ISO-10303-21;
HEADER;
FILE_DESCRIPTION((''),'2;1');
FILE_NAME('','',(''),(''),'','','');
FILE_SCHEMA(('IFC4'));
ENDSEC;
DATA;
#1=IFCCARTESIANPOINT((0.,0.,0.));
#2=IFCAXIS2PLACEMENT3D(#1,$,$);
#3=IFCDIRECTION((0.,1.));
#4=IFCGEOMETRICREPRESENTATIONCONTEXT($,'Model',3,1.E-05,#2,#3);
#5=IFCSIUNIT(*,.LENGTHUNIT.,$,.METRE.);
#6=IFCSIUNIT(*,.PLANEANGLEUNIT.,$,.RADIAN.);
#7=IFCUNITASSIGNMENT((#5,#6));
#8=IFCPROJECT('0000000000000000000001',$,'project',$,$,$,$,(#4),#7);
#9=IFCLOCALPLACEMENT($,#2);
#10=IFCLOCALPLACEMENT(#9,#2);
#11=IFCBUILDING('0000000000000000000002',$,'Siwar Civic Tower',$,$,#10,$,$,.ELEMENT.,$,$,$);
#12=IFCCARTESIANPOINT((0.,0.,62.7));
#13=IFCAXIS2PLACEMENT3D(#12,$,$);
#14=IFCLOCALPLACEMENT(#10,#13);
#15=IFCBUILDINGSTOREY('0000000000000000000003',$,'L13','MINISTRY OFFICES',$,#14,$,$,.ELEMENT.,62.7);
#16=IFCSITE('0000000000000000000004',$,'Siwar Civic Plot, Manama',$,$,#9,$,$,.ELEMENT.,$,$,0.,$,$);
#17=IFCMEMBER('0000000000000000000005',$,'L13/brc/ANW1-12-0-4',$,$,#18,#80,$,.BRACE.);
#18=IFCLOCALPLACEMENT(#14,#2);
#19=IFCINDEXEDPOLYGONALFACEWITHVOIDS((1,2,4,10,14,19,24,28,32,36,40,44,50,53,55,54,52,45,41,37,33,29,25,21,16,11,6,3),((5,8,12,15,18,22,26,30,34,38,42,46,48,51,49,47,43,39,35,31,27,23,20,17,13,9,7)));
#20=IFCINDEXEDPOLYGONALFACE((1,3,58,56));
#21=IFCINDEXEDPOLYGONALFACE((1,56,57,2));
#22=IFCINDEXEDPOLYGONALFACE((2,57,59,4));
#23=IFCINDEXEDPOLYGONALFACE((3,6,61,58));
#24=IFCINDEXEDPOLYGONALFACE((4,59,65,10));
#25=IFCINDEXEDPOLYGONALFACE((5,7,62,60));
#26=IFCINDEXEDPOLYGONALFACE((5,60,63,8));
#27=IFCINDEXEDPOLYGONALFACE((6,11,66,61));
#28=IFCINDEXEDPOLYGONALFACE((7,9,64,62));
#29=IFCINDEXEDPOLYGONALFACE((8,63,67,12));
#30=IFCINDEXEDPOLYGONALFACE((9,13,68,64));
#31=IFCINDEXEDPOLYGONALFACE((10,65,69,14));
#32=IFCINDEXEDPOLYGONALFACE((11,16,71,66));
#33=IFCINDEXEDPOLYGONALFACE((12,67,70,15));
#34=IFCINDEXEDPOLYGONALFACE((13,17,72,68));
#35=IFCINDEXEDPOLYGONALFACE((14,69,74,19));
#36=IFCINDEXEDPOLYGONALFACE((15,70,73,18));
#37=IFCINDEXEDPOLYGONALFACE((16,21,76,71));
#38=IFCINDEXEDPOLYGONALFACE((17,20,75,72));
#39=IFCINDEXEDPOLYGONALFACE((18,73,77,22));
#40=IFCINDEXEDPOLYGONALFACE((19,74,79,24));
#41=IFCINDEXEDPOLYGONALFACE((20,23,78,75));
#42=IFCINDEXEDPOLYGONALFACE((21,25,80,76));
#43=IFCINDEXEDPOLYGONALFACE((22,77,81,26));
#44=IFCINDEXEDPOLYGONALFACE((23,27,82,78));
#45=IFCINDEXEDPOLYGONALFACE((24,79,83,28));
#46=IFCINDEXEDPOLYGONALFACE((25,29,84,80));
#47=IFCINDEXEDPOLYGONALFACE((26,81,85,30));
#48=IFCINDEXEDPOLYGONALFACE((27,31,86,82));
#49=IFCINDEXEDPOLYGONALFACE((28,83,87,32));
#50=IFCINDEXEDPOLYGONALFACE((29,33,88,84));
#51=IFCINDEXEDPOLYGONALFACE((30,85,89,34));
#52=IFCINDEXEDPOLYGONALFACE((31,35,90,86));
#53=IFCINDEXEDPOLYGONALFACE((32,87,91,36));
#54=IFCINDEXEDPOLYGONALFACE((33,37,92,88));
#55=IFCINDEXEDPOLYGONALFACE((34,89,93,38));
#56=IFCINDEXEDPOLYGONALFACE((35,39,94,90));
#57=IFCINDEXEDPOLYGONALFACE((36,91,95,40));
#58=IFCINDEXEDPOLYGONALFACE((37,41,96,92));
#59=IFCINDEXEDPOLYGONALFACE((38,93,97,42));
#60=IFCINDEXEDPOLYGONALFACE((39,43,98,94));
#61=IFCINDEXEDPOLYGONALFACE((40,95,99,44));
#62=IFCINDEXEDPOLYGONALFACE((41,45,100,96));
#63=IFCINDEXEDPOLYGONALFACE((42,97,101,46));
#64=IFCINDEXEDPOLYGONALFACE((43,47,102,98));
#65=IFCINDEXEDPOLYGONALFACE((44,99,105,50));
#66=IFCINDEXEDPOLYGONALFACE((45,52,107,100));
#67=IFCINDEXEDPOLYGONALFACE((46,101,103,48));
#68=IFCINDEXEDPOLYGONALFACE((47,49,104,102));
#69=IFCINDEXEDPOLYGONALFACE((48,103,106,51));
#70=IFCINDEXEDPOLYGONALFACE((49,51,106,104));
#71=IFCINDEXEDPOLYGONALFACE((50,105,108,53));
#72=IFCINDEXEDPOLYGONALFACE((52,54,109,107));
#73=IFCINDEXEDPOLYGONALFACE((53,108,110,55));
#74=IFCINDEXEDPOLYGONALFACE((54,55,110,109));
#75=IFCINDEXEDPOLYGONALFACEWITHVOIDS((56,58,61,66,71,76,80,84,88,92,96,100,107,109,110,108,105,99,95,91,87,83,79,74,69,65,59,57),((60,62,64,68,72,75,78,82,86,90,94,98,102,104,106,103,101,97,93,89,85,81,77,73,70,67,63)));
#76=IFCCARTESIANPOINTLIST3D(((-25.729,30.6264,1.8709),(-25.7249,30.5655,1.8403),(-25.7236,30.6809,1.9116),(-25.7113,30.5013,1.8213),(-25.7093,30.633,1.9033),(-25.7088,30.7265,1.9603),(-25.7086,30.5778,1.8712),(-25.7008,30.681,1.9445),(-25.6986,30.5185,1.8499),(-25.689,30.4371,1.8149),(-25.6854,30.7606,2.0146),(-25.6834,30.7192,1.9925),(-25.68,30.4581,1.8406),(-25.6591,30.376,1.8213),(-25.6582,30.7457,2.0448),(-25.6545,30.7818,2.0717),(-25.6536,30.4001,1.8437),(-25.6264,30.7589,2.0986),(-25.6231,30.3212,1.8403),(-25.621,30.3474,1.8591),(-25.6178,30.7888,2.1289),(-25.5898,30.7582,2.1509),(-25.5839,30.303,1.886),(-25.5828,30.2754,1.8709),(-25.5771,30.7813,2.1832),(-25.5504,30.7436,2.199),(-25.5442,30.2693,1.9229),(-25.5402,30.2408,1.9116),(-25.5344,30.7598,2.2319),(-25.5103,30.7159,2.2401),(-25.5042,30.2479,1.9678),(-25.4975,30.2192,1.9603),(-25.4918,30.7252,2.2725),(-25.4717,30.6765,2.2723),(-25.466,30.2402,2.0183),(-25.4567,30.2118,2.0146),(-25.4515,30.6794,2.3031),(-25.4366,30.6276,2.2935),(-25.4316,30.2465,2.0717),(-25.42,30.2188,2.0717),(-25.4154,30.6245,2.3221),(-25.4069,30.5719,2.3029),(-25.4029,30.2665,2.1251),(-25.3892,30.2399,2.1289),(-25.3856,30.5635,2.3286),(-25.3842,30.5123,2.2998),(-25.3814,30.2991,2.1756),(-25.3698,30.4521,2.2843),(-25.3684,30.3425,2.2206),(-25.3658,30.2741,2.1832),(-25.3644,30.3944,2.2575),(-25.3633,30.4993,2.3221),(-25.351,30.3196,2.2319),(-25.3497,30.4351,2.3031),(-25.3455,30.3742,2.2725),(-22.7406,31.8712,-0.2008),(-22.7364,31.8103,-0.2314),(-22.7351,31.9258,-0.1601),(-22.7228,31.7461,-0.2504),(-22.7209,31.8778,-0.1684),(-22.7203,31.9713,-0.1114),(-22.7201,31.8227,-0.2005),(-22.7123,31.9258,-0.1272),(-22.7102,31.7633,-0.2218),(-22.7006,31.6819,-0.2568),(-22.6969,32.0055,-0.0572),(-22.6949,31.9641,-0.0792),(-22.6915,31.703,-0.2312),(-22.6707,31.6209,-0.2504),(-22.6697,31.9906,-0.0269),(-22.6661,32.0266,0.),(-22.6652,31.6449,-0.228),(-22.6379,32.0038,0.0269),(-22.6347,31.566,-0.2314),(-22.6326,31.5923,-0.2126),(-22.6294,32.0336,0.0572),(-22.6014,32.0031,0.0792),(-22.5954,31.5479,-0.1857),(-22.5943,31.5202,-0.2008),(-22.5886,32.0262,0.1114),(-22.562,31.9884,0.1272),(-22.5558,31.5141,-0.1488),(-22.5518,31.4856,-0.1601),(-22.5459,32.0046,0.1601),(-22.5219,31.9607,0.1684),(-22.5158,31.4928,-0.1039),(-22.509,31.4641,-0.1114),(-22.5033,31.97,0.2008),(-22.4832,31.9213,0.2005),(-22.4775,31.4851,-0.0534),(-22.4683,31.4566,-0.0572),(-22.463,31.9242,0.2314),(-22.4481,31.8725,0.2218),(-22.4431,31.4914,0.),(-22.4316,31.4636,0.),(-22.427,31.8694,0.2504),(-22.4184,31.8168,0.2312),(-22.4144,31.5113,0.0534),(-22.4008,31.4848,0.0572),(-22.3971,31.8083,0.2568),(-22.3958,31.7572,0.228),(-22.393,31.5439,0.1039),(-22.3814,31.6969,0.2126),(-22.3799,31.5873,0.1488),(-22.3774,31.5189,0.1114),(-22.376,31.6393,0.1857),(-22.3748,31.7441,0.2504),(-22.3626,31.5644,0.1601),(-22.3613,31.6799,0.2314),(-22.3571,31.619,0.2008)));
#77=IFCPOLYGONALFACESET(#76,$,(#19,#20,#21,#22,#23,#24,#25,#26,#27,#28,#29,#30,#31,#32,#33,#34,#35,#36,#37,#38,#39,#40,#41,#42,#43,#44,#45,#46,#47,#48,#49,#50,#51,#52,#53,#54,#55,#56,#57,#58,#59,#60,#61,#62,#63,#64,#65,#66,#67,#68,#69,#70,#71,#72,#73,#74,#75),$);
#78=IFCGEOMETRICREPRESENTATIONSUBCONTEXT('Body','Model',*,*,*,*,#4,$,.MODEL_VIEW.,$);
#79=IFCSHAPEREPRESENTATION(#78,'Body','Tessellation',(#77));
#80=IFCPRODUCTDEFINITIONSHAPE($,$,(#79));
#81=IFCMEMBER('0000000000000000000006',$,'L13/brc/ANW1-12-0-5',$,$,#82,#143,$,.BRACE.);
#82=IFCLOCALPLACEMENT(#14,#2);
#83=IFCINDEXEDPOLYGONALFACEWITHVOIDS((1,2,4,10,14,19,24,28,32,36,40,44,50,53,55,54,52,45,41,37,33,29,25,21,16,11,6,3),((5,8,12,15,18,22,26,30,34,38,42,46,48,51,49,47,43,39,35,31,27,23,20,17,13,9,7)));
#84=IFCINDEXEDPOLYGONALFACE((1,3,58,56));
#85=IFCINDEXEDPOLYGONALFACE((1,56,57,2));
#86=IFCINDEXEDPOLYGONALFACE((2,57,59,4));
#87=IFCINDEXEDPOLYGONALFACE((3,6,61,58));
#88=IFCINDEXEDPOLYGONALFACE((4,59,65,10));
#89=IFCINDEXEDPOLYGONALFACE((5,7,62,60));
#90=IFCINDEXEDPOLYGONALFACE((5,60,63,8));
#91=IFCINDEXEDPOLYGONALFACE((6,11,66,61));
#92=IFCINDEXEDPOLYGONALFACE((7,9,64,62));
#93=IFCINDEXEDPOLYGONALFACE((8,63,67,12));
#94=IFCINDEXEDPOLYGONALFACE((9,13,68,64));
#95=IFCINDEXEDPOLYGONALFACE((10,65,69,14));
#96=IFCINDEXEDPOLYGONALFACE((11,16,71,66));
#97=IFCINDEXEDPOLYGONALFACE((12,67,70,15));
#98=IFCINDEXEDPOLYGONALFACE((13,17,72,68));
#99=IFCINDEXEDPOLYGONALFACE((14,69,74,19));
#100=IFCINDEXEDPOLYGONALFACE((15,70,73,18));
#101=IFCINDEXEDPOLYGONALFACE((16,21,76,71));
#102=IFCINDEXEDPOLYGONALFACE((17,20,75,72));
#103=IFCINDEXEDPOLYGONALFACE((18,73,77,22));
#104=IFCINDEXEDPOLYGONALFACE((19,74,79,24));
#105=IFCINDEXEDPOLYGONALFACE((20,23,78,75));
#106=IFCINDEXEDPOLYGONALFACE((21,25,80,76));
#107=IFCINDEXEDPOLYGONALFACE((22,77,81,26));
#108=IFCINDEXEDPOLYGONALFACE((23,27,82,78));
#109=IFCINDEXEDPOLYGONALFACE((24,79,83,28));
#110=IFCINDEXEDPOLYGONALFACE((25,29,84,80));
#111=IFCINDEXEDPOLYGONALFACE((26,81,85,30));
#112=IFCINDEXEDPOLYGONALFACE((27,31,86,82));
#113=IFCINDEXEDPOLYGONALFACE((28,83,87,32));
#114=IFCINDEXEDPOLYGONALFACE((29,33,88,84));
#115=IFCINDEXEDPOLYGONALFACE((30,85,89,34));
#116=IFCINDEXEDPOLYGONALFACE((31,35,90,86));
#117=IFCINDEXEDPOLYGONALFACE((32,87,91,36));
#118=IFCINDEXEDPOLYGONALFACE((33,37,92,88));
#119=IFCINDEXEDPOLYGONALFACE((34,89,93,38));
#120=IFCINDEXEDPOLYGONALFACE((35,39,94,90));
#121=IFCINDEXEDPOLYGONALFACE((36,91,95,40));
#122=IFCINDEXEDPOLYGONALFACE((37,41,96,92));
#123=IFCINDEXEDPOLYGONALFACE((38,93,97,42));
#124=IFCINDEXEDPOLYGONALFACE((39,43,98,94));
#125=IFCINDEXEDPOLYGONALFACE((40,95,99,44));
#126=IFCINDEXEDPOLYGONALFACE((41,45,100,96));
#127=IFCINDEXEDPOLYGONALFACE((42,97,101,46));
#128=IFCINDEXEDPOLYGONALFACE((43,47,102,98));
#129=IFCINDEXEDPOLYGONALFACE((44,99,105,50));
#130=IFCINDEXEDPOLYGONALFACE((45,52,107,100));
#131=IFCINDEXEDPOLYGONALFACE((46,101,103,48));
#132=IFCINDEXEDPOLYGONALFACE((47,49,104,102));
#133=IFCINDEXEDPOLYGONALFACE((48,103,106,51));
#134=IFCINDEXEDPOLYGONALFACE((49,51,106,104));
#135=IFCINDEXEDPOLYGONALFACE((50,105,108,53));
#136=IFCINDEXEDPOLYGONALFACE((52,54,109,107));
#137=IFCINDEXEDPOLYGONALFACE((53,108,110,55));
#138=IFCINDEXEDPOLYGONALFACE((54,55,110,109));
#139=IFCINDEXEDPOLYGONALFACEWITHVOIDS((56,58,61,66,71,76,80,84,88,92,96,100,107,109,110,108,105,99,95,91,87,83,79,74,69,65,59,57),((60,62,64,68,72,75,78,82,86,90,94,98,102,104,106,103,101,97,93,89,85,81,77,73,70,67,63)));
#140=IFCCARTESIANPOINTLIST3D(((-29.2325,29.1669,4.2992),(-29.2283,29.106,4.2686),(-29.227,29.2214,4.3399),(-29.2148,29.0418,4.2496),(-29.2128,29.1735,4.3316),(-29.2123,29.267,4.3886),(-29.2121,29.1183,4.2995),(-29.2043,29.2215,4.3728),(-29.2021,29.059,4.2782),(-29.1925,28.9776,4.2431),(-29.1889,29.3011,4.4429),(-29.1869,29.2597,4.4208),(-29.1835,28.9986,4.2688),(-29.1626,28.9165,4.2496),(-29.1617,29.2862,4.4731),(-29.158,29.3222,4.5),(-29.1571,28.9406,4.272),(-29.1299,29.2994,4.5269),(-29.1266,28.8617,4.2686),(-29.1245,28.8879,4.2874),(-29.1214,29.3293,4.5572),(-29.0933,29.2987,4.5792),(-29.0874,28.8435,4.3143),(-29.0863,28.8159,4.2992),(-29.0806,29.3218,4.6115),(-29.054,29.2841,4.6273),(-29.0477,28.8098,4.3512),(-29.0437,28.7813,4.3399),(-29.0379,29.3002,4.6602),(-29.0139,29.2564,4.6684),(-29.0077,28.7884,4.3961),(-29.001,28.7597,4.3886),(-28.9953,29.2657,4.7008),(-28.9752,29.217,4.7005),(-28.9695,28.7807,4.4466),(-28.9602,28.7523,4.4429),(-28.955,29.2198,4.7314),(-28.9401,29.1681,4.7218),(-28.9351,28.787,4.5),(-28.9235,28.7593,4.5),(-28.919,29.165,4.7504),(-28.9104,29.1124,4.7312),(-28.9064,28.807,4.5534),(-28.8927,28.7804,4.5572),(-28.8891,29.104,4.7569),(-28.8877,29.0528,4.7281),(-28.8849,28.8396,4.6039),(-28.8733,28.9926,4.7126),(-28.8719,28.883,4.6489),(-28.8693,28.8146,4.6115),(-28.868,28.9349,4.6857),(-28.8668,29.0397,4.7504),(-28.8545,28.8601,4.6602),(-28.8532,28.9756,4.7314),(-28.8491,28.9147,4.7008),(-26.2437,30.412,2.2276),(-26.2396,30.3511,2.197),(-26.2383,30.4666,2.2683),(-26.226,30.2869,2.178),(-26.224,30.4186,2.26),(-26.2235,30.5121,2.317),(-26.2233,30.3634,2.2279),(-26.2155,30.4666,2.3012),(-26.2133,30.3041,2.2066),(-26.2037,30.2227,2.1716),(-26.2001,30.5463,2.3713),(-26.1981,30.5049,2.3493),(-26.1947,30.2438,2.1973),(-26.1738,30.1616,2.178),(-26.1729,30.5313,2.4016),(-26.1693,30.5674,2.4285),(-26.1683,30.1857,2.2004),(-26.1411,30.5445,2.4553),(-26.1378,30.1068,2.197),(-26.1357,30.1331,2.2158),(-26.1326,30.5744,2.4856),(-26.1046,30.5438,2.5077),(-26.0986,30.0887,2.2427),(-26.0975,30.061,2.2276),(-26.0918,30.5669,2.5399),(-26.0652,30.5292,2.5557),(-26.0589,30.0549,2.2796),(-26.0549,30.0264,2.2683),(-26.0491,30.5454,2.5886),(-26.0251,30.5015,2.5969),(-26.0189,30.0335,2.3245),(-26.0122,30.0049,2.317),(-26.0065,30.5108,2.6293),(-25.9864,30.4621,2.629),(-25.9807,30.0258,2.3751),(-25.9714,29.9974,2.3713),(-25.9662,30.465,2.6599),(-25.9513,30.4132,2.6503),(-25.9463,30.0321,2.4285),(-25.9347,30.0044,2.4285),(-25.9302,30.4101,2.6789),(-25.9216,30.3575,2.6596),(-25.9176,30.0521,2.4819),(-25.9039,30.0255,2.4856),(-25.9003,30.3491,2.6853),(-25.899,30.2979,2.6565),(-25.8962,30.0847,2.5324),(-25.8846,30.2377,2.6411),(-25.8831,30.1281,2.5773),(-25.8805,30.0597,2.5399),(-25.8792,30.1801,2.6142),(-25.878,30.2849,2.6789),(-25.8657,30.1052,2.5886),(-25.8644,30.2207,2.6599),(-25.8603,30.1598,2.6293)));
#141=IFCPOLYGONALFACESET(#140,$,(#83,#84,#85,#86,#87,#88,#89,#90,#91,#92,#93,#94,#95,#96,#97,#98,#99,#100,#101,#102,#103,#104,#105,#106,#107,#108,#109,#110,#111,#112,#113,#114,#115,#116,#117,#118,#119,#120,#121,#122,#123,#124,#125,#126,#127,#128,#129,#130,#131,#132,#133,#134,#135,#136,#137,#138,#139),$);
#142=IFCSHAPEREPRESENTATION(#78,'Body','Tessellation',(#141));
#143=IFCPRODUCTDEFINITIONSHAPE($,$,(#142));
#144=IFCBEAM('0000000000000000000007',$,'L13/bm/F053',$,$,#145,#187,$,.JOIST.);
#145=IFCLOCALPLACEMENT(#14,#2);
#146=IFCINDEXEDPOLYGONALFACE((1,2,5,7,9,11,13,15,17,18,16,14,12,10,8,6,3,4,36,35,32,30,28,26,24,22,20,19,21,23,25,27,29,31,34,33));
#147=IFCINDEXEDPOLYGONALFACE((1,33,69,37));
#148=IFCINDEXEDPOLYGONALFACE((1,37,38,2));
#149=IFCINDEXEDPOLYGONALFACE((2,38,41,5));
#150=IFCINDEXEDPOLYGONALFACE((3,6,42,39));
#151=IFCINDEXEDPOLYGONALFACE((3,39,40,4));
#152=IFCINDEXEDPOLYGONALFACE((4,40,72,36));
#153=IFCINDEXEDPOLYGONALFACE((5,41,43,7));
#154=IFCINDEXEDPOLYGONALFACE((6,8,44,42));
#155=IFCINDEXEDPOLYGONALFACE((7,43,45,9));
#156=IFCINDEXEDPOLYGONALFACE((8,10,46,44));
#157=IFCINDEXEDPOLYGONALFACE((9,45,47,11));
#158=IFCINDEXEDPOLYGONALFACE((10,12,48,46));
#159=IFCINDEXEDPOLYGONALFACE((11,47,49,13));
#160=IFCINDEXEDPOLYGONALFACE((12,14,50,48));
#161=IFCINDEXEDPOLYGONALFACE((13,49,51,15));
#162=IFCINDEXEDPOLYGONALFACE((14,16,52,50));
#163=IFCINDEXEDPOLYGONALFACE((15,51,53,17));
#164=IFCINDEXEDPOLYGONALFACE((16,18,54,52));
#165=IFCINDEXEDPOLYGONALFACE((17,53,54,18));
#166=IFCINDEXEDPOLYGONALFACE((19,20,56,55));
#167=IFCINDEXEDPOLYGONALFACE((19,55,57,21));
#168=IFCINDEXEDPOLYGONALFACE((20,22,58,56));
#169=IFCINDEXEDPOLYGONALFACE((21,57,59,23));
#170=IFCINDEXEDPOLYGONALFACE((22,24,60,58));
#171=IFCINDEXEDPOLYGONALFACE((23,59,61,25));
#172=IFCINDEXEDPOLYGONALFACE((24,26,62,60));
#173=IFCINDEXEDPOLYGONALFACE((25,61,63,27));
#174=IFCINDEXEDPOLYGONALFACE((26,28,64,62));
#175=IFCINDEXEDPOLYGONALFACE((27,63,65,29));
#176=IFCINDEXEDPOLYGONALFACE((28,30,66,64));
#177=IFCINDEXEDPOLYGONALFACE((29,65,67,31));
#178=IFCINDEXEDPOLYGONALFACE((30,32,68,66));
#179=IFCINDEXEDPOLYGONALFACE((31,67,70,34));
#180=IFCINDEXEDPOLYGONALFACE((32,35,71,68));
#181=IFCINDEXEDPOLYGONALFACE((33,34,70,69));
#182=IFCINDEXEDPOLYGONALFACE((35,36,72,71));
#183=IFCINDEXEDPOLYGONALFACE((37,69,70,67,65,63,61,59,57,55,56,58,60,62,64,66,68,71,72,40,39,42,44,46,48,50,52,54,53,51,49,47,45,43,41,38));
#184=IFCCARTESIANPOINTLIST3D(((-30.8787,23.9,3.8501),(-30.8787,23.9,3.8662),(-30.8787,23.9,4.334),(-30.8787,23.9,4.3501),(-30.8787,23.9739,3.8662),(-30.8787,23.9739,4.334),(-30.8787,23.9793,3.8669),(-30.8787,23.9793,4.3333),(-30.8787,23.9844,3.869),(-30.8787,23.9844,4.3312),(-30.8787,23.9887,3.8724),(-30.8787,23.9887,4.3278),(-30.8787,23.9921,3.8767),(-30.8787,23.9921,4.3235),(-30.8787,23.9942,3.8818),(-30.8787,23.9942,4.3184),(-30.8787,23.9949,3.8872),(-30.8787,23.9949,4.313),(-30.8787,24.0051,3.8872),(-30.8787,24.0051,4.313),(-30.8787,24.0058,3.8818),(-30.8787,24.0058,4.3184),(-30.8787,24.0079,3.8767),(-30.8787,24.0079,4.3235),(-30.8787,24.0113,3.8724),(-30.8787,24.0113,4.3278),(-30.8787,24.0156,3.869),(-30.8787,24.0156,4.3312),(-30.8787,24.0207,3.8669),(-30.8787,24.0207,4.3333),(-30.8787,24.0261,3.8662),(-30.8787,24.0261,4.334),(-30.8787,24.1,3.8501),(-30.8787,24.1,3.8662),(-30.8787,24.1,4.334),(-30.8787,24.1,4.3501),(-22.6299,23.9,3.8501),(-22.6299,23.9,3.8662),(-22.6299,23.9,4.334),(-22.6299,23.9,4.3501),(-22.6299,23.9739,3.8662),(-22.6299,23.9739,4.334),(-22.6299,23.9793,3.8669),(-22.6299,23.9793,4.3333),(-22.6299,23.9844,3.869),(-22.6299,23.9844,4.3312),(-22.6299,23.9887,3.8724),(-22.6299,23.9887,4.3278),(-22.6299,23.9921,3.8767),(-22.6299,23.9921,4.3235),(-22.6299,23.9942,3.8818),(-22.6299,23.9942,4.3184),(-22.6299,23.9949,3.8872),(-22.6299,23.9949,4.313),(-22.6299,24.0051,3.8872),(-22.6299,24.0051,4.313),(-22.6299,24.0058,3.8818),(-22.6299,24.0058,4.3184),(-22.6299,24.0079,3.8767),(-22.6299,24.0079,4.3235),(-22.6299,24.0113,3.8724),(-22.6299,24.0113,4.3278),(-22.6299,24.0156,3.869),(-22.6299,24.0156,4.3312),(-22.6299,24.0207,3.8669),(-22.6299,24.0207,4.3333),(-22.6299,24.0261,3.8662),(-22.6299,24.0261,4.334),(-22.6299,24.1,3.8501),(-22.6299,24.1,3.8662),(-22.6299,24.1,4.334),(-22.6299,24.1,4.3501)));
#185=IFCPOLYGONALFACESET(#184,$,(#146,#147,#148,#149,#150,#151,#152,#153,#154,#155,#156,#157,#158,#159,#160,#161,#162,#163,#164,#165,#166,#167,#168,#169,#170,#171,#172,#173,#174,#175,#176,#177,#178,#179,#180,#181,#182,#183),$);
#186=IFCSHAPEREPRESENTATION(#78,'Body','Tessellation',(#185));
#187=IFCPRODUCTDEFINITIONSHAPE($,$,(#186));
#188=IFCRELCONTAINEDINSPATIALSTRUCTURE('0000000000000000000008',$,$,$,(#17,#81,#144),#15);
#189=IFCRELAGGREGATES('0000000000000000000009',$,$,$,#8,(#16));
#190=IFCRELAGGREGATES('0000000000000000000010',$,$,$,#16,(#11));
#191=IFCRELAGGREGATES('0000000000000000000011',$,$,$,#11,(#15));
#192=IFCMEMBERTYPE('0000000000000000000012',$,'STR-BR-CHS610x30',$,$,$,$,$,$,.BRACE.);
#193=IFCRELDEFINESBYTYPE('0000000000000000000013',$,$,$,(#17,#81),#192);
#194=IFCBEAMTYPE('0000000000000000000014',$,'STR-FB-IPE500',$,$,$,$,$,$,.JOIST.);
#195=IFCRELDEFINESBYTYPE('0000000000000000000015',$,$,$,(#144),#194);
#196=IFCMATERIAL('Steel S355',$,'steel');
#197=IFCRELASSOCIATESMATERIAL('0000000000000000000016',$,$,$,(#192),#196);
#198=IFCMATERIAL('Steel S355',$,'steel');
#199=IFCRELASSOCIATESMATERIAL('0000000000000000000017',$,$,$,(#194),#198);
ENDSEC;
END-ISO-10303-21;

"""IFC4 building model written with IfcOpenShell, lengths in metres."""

from ifc_helpers import new_model, si_unit, direction, frame, origin, origin_2d, place, context, subcontext, project, spatial, hollow_circle, i_section, extrude, material, material_profile, profile_set, type_object, element, save


model = new_model("IFC4")

# Units and contexts
model_context = context("Model", 3, precision=1e-05, world=origin(), true_north=direction((0.0, 1.0)))
body_context = subcontext(model_context, "Body", "Model", "MODEL_VIEW")
ifc_project = project(units=[si_unit("LENGTHUNIT", "METRE"), si_unit("PLANEANGLEUNIT", "RADIAN")], contexts=[model_context])

# Site, building, storey
site_placement = place(None, origin())
site = spatial("IfcSite", under=ifc_project, at=site_placement, Name="Siwar Civic Plot, Manama", CompositionType="ELEMENT", RefElevation=0.0)
building_placement = place(site_placement, origin())
building = spatial("IfcBuilding", under=site, at=building_placement, Name="Siwar Civic Tower", CompositionType="ELEMENT")
storey_placement = place(building_placement, frame((0.0, 0.0, 62.7)))
storey = spatial("IfcBuildingStorey", under=building, at=storey_placement, Name="L13", Description="MINISTRY OFFICES", CompositionType="ELEMENT", Elevation=62.7)

# Members
ifc_material_1 = material(Name="Steel S355", Category="steel")
ifc_material_profile_1 = material_profile(ifc_material_1, hollow_circle(Radius=0.3049, WallThickness=0.03, at=origin_2d()), Name="CHS610x30")
ifc_profile_set_1 = profile_set([ifc_material_profile_1], Name="Steel S355")
member_type_1 = type_object("IfcMemberType", Name="STR-BR-CHS610x30", PredefinedType="BRACE", material=ifc_profile_set_1)
member_1_placement = place(storey_placement, frame((-22.5488, 31.7451, 0.0), z_axis=(-0.777533, -0.323882, 0.53902), x_axis=(0.384524, -0.923115, 0.0)))
element("IfcMember", 1, at=member_1_placement, inside=storey, type_object=member_type_1, Name="L13/brc/ANW1-12-0-4", PredefinedType="BRACE", context=body_context, shape_type="SweptSolid", body=[
    extrude(hollow_circle(Radius=0.3049, WallThickness=0.03, at=origin_2d()), origin(), (0.0, 0.0, 1.0), 3.8435),
])
member_2_placement = place(storey_placement, frame((-26.052, 30.2859, 2.4285), z_axis=(-0.777569, -0.323934, 0.538937), x_axis=(0.384562, -0.923099, 0.0)))
element("IfcMember", 2, at=member_2_placement, inside=storey, type_object=member_type_1, Name="L13/brc/ANW1-12-0-5", PredefinedType="BRACE", context=body_context, shape_type="SweptSolid", body=[
    extrude(hollow_circle(Radius=0.3049, WallThickness=0.03, at=origin_2d()), origin(), (0.0, 0.0, 1.0), 3.8438),
])

# Beam
ifc_material_2 = material(Name="Steel S355", Category="steel")
ifc_material_profile_2 = material_profile(ifc_material_2, i_section(OverallWidth=0.2, OverallDepth=0.5, WebThickness=0.0103, FlangeThickness=0.0161, FilletRadius=0.021, at=origin_2d()), Name="IPE500")
ifc_profile_set_2 = profile_set([ifc_material_profile_2], Name="Steel S355")
beam_type_1 = type_object("IfcBeamType", Name="STR-FB-IPE500", PredefinedType="JOIST", material=ifc_profile_set_2)
beam_1_placement = place(storey_placement, frame((-30.8787, 24.0, 4.1001), z_axis=(1.0, 0.0, 0.0), x_axis=(0.0, 1.0, 0.0)))
element("IfcBeam", 3, at=beam_1_placement, inside=storey, type_object=beam_type_1, Name="L13/bm/F053", PredefinedType="JOIST", context=body_context, shape_type="SweptSolid", body=[
    extrude(i_section(OverallWidth=0.2, OverallDepth=0.5, WebThickness=0.0103, FlangeThickness=0.0161, FilletRadius=0.021, at=origin_2d()), origin(), (0.0, 0.0, 1.0), 8.2488),
])

save(model, "model.ifc")
